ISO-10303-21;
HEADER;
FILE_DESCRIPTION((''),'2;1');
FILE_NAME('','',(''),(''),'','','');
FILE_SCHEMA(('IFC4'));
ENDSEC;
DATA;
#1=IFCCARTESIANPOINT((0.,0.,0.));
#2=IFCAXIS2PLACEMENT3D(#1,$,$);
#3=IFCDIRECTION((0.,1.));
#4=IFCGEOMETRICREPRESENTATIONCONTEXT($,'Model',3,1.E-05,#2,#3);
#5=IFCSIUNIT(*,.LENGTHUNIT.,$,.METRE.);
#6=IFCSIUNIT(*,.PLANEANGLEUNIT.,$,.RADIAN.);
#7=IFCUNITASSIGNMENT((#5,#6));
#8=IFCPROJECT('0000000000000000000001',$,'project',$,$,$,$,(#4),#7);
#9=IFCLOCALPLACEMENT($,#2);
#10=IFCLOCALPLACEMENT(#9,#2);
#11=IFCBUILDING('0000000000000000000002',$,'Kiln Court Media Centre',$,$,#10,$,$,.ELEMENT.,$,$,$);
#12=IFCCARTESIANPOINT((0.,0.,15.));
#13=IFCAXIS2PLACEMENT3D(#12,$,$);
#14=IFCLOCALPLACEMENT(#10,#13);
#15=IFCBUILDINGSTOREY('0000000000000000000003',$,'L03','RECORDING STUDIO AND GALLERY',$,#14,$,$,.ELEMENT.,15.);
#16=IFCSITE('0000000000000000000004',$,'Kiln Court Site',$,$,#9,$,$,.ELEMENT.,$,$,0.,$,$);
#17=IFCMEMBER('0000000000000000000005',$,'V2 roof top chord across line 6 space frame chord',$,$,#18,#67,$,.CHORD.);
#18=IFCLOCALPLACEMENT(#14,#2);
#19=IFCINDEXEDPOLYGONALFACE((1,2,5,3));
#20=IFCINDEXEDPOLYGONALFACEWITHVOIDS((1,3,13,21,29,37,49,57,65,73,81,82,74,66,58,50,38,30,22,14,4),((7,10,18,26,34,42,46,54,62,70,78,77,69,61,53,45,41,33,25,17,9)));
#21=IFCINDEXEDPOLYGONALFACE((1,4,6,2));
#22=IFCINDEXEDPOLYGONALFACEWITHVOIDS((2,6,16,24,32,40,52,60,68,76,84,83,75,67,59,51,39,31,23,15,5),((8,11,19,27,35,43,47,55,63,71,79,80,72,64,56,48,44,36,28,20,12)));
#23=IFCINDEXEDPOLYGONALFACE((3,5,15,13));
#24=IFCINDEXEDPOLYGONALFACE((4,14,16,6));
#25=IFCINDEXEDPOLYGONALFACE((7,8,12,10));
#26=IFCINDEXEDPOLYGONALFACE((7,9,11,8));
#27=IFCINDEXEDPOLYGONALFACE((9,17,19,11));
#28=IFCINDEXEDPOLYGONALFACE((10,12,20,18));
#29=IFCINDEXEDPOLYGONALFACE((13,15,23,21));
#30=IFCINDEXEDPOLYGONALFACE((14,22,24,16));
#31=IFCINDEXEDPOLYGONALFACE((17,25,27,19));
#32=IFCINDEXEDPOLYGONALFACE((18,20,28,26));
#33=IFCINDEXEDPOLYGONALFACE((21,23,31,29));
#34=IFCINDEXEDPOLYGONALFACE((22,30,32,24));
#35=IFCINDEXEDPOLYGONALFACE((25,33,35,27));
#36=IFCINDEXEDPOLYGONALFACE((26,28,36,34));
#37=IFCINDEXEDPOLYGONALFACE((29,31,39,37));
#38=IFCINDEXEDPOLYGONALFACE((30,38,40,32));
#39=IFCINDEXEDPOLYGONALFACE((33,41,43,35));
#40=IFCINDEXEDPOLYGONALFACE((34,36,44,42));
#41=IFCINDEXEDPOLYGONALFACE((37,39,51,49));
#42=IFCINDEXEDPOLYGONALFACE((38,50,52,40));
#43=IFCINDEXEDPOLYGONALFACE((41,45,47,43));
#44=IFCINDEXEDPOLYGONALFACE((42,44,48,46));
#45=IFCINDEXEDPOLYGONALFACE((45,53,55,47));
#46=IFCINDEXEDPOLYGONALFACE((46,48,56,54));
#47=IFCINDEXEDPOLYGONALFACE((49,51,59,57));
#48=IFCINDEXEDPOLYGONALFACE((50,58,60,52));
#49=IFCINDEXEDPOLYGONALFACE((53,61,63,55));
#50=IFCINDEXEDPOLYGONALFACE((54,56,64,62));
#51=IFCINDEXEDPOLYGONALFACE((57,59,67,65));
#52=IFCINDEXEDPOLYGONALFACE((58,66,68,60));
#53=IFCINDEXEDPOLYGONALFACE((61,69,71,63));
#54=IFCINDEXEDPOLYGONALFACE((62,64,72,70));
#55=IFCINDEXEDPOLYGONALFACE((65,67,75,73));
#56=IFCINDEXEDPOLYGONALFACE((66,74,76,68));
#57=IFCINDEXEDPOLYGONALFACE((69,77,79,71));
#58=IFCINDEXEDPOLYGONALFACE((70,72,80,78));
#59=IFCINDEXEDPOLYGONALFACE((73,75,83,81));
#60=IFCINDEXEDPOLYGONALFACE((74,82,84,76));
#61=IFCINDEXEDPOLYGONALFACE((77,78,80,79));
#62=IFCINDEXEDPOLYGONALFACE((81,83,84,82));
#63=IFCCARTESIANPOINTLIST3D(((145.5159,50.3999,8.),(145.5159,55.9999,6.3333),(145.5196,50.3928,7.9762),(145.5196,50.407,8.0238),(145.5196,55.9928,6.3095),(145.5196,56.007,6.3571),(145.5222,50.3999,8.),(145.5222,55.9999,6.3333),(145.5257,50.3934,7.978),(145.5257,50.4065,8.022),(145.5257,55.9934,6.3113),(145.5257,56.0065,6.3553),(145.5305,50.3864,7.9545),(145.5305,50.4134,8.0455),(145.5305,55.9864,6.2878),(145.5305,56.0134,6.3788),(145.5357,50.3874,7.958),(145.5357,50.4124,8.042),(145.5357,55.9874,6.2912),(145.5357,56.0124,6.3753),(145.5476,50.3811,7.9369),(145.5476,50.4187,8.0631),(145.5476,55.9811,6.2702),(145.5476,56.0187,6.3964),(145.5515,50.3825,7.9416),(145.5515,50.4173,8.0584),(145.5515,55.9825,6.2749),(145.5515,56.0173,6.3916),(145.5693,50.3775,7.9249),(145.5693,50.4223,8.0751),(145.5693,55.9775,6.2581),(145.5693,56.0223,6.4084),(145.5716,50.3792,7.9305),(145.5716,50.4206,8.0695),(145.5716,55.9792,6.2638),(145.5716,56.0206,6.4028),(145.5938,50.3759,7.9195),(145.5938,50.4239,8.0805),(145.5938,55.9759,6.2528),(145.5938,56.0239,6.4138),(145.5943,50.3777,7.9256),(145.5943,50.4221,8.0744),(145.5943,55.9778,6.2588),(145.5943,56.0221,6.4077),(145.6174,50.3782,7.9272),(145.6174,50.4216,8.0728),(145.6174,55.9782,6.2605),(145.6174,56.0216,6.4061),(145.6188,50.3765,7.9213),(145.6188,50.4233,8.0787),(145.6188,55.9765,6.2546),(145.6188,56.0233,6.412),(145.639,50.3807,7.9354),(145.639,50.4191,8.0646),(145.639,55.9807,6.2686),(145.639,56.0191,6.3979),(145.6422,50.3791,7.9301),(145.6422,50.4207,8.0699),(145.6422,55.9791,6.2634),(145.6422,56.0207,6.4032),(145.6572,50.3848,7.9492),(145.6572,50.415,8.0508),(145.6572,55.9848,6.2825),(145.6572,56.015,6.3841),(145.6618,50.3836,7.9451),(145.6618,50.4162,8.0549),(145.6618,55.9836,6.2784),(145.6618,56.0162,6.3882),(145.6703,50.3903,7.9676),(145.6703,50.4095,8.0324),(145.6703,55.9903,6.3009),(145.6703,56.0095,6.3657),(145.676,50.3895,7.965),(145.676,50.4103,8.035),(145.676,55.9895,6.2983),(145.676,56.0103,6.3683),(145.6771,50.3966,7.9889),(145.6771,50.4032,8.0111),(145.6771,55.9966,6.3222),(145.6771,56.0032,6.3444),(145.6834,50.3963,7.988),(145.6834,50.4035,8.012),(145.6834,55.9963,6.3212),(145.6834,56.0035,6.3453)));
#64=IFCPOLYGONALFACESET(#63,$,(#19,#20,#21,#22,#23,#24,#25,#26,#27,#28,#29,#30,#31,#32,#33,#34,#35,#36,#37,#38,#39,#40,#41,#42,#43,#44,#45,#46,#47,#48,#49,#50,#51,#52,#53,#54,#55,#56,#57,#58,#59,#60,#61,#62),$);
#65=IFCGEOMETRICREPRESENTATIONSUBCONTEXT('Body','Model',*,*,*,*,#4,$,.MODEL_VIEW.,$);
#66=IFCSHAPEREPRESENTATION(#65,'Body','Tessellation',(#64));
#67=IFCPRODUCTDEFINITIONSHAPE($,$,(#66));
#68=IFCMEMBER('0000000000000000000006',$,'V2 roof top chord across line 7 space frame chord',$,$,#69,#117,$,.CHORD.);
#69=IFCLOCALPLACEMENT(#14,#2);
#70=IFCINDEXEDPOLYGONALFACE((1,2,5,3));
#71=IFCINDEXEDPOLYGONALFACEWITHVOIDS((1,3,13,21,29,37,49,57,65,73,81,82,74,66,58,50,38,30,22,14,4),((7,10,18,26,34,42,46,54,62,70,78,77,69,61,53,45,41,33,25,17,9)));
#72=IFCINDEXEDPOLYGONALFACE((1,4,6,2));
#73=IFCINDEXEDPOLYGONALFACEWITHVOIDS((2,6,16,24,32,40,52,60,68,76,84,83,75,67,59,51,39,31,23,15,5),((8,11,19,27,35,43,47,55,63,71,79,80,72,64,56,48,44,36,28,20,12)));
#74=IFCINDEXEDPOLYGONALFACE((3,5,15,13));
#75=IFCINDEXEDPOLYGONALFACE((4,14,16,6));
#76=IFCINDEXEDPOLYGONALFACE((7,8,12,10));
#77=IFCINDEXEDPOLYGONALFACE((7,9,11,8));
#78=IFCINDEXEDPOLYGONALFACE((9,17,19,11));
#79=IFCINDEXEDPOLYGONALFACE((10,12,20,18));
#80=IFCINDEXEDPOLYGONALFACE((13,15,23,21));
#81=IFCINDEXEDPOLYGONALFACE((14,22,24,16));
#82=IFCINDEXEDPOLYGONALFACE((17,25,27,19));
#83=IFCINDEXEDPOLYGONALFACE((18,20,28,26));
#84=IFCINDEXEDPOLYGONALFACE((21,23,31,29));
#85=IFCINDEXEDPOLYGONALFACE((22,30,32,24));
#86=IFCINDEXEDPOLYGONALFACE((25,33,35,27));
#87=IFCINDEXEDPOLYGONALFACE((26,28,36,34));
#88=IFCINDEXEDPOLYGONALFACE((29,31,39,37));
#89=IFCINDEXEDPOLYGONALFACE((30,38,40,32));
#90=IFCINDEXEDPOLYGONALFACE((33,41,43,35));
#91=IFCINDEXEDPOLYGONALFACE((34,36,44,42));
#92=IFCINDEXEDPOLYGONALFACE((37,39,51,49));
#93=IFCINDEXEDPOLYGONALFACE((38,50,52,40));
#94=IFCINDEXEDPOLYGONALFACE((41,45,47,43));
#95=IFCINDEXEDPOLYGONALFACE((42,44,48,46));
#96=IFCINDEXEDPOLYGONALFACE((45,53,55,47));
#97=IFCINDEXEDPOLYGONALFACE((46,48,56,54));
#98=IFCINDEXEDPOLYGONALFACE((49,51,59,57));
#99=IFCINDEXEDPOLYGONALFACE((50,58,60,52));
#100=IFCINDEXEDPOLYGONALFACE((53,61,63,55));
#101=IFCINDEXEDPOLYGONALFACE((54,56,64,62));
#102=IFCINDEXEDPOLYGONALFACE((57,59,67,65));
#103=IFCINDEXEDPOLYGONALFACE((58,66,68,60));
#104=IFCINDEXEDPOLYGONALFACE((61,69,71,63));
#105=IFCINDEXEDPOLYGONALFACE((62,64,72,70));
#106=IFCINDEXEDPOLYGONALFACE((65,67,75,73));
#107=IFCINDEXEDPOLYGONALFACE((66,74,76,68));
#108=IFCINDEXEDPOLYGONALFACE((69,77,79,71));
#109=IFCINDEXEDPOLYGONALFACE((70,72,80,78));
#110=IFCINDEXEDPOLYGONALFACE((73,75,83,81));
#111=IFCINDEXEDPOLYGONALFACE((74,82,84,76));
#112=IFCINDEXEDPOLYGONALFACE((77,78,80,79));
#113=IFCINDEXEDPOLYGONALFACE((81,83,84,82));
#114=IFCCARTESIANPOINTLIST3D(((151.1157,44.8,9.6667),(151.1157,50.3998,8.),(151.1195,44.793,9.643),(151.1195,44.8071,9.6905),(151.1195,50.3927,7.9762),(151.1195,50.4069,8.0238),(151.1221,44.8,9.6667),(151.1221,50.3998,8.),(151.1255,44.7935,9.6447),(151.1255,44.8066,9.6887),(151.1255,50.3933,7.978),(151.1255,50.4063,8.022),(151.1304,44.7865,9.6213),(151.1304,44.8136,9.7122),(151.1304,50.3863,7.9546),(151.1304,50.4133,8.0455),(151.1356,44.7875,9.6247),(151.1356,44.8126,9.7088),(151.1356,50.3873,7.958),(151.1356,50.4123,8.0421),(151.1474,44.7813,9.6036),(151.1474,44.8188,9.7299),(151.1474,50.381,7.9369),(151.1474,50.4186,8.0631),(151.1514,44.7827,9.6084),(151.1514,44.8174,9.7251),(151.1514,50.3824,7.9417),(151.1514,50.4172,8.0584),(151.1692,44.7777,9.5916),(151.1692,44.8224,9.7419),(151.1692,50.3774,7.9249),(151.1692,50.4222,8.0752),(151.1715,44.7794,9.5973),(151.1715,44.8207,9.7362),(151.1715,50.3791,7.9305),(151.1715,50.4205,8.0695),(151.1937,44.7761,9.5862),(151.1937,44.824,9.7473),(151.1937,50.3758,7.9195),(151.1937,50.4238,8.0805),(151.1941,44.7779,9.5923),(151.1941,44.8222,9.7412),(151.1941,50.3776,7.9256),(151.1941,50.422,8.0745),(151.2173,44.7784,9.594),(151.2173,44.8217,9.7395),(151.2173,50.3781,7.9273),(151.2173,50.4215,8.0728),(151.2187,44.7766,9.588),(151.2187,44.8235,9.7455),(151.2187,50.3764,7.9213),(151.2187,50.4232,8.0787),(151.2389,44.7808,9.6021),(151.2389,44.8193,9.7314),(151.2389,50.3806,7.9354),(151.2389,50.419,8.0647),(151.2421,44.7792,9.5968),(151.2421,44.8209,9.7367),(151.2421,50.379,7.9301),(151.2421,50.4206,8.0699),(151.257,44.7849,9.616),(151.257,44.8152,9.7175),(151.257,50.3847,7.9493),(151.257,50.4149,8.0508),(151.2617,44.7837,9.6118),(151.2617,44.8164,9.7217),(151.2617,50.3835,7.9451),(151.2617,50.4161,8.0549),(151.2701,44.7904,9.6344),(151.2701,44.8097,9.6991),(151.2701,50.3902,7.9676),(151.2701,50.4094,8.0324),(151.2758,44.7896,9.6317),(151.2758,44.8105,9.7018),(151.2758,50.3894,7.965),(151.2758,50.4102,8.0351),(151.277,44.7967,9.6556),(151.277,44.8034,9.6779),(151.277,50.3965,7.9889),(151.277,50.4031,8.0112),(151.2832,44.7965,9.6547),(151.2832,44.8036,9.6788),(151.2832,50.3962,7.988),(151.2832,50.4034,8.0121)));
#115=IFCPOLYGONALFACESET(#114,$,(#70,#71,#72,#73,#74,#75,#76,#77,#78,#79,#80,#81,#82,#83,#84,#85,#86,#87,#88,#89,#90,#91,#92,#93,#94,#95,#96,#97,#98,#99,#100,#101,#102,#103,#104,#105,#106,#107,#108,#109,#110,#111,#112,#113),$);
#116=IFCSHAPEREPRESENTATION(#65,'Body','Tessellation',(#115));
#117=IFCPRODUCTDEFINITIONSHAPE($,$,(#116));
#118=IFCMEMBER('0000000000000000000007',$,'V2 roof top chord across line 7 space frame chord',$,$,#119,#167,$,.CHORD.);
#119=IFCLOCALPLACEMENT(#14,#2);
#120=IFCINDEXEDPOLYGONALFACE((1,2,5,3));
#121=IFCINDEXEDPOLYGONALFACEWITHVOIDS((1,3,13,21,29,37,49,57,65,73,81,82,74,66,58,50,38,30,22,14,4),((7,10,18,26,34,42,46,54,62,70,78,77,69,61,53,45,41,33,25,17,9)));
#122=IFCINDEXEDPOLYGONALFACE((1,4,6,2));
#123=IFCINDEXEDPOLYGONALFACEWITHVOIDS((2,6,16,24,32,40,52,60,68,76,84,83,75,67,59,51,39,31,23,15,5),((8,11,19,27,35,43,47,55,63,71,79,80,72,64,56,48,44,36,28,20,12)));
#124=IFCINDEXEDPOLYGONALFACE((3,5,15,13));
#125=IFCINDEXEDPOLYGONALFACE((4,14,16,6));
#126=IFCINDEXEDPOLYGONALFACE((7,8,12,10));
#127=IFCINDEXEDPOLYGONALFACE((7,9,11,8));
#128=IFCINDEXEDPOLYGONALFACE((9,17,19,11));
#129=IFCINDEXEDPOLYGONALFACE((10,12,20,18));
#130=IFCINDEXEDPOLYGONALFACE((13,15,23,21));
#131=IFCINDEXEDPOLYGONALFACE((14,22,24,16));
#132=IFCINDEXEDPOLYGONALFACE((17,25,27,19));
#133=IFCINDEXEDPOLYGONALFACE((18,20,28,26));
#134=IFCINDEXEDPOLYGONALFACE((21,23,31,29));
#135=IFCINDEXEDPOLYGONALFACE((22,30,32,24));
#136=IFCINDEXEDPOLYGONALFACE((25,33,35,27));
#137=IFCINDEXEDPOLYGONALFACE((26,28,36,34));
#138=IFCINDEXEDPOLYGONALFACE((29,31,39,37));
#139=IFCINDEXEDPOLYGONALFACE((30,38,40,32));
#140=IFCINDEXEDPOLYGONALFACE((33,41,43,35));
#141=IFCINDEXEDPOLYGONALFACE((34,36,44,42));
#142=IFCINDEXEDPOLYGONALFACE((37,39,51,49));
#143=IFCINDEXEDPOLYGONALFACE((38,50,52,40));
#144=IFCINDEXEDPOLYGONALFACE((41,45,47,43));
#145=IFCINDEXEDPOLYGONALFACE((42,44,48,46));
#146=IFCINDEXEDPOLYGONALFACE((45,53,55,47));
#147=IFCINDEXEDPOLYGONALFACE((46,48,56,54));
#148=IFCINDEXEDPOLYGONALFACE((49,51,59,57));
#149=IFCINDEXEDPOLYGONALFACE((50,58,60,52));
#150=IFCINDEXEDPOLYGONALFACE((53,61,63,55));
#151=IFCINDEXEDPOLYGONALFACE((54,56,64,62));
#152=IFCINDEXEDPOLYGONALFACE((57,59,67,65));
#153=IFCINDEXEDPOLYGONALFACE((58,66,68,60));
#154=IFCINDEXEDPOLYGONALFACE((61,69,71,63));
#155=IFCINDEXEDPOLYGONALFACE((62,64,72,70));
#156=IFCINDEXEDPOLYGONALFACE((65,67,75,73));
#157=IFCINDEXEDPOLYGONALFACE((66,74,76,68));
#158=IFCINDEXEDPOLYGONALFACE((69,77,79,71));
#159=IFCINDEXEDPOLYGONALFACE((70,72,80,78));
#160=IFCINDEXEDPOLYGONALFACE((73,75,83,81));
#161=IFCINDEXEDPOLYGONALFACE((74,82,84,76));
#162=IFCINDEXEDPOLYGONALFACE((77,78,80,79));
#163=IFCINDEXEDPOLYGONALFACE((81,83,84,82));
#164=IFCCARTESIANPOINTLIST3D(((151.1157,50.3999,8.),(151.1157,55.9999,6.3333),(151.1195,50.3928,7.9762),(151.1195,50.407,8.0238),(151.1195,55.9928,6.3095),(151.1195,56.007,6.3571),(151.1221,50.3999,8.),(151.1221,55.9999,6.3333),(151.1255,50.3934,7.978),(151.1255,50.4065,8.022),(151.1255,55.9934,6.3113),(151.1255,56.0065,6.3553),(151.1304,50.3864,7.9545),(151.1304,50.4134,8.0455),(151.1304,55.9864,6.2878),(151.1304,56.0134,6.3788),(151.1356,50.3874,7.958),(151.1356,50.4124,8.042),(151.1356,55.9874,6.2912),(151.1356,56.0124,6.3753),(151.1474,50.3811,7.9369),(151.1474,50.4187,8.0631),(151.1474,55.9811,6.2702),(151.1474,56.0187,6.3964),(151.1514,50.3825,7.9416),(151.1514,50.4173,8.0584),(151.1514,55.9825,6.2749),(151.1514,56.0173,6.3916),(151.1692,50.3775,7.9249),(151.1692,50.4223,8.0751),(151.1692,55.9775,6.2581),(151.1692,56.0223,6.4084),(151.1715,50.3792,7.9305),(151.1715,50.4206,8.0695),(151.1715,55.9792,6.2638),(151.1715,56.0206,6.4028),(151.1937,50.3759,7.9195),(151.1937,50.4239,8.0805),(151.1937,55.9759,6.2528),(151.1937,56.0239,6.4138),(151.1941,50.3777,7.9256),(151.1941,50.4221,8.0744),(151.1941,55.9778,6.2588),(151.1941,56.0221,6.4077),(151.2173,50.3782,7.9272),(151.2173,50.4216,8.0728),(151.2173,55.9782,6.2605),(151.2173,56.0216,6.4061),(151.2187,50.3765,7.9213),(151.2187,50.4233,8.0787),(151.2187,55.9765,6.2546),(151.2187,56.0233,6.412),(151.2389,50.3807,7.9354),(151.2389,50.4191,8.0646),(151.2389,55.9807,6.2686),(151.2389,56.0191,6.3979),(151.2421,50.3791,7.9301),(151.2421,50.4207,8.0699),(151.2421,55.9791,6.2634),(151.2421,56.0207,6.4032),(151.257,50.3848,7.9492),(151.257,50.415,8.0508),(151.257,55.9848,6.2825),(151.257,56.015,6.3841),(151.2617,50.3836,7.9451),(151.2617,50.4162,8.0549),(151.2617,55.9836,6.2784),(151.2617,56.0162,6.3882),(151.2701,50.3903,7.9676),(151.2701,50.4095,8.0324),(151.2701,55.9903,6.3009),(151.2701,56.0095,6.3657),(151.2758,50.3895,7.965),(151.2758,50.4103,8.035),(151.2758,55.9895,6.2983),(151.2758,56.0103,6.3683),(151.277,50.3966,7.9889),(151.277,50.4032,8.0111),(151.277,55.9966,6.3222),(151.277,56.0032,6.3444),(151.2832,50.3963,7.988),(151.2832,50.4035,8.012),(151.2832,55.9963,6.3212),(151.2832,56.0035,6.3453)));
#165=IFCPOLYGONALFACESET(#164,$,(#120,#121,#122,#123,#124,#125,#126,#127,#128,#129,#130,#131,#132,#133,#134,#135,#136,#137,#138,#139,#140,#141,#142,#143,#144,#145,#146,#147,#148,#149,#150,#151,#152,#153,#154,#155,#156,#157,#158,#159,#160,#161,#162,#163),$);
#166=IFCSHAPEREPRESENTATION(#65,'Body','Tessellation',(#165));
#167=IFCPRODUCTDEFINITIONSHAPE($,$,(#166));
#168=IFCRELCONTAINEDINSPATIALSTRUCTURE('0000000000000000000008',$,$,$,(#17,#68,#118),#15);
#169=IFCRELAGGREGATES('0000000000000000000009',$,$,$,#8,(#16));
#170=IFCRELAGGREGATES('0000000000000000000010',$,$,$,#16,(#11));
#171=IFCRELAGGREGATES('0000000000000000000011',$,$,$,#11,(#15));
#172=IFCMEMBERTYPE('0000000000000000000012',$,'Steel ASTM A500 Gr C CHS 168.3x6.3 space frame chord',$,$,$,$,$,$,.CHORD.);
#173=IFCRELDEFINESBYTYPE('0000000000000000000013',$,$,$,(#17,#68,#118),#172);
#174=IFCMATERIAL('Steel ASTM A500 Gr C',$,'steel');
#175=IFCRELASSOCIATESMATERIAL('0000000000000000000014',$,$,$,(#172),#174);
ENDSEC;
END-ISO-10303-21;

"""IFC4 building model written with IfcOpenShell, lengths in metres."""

from ifc_helpers import new_model, si_unit, direction, frame, origin, origin_2d, place, context, subcontext, project, spatial, hollow_circle, extrude, material, material_profile, profile_set, type_object, element, save


model = new_model("IFC4")

# Units and contexts
model_context = context("Model", 3, precision=1e-05, world=origin(), true_north=direction((0.0, 1.0)))
body_context = subcontext(model_context, "Body", "Model", "MODEL_VIEW")
ifc_project = project(units=[si_unit("LENGTHUNIT", "METRE"), si_unit("PLANEANGLEUNIT", "RADIAN")], contexts=[model_context])

# Site, building, storey
site_placement = place(None, origin())
site = spatial("IfcSite", under=ifc_project, at=site_placement, Name="Kiln Court Site", CompositionType="ELEMENT", RefElevation=0.0)
building_placement = place(site_placement, origin())
building = spatial("IfcBuilding", under=site, at=building_placement, Name="Kiln Court Media Centre", CompositionType="ELEMENT")
storey_placement = place(building_placement, frame((0.0, 0.0, 15.0)))
storey = spatial("IfcBuildingStorey", under=building, at=storey_placement, Name="L03", Description="RECORDING STUDIO AND GALLERY", CompositionType="ELEMENT", Elevation=15.0)

# Members
ifc_material_1 = material(Name="Steel ASTM A500 Gr C", Category="steel")
ifc_material_profile_1 = material_profile(ifc_material_1, hollow_circle(Radius=0.0842, WallThickness=0.0063, at=origin_2d()), Name="CHS 168.3x6.3")
ifc_profile_set_1 = profile_set([ifc_material_profile_1], Name="Steel ASTM A500 Gr C")
member_type_1 = type_object("IfcMemberType", Name="Steel ASTM A500 Gr C CHS 168.3x6.3 space frame chord", PredefinedType="CHORD", material=ifc_profile_set_1)
member_1_placement = place(storey_placement, frame((145.6001, 50.3999, 8.0), z_axis=(0.0, 0.95845, -0.285262), x_axis=(-1.0, 0.0, 0.0)))
element("IfcMember", 1, at=member_1_placement, inside=storey, type_object=member_type_1, Name="V2 roof top chord across line 6 space frame chord", PredefinedType="CHORD", context=body_context, shape_type="SweptSolid", body=[
    extrude(hollow_circle(Radius=0.0842, WallThickness=0.0063, at=origin_2d()), origin(), (0.0, 0.0, 1.0), 5.8428),
])
member_2_placement = place(storey_placement, frame((151.2, 44.8, 9.6667), z_axis=(0.0, 0.958446, -0.285273), x_axis=(-1.0, 0.0, 0.0)))
element("IfcMember", 2, at=member_2_placement, inside=storey, type_object=member_type_1, Name="V2 roof top chord across line 7 space frame chord", PredefinedType="CHORD", context=body_context, shape_type="SweptSolid", body=[
    extrude(hollow_circle(Radius=0.0842, WallThickness=0.0063, at=origin_2d()), origin(), (0.0, 0.0, 1.0), 5.8425),
])
member_3_placement = place(storey_placement, frame((151.2, 50.3999, 8.0), z_axis=(0.0, 0.95845, -0.285262), x_axis=(-1.0, 0.0, 0.0)))
element("IfcMember", 3, at=member_3_placement, inside=storey, type_object=member_type_1, Name="V2 roof top chord across line 7 space frame chord", PredefinedType="CHORD", context=body_context, shape_type="SweptSolid", body=[
    extrude(hollow_circle(Radius=0.0842, WallThickness=0.0063, at=origin_2d()), origin(), (0.0, 0.0, 1.0), 5.8428),
])

save(model, "model.ifc")
